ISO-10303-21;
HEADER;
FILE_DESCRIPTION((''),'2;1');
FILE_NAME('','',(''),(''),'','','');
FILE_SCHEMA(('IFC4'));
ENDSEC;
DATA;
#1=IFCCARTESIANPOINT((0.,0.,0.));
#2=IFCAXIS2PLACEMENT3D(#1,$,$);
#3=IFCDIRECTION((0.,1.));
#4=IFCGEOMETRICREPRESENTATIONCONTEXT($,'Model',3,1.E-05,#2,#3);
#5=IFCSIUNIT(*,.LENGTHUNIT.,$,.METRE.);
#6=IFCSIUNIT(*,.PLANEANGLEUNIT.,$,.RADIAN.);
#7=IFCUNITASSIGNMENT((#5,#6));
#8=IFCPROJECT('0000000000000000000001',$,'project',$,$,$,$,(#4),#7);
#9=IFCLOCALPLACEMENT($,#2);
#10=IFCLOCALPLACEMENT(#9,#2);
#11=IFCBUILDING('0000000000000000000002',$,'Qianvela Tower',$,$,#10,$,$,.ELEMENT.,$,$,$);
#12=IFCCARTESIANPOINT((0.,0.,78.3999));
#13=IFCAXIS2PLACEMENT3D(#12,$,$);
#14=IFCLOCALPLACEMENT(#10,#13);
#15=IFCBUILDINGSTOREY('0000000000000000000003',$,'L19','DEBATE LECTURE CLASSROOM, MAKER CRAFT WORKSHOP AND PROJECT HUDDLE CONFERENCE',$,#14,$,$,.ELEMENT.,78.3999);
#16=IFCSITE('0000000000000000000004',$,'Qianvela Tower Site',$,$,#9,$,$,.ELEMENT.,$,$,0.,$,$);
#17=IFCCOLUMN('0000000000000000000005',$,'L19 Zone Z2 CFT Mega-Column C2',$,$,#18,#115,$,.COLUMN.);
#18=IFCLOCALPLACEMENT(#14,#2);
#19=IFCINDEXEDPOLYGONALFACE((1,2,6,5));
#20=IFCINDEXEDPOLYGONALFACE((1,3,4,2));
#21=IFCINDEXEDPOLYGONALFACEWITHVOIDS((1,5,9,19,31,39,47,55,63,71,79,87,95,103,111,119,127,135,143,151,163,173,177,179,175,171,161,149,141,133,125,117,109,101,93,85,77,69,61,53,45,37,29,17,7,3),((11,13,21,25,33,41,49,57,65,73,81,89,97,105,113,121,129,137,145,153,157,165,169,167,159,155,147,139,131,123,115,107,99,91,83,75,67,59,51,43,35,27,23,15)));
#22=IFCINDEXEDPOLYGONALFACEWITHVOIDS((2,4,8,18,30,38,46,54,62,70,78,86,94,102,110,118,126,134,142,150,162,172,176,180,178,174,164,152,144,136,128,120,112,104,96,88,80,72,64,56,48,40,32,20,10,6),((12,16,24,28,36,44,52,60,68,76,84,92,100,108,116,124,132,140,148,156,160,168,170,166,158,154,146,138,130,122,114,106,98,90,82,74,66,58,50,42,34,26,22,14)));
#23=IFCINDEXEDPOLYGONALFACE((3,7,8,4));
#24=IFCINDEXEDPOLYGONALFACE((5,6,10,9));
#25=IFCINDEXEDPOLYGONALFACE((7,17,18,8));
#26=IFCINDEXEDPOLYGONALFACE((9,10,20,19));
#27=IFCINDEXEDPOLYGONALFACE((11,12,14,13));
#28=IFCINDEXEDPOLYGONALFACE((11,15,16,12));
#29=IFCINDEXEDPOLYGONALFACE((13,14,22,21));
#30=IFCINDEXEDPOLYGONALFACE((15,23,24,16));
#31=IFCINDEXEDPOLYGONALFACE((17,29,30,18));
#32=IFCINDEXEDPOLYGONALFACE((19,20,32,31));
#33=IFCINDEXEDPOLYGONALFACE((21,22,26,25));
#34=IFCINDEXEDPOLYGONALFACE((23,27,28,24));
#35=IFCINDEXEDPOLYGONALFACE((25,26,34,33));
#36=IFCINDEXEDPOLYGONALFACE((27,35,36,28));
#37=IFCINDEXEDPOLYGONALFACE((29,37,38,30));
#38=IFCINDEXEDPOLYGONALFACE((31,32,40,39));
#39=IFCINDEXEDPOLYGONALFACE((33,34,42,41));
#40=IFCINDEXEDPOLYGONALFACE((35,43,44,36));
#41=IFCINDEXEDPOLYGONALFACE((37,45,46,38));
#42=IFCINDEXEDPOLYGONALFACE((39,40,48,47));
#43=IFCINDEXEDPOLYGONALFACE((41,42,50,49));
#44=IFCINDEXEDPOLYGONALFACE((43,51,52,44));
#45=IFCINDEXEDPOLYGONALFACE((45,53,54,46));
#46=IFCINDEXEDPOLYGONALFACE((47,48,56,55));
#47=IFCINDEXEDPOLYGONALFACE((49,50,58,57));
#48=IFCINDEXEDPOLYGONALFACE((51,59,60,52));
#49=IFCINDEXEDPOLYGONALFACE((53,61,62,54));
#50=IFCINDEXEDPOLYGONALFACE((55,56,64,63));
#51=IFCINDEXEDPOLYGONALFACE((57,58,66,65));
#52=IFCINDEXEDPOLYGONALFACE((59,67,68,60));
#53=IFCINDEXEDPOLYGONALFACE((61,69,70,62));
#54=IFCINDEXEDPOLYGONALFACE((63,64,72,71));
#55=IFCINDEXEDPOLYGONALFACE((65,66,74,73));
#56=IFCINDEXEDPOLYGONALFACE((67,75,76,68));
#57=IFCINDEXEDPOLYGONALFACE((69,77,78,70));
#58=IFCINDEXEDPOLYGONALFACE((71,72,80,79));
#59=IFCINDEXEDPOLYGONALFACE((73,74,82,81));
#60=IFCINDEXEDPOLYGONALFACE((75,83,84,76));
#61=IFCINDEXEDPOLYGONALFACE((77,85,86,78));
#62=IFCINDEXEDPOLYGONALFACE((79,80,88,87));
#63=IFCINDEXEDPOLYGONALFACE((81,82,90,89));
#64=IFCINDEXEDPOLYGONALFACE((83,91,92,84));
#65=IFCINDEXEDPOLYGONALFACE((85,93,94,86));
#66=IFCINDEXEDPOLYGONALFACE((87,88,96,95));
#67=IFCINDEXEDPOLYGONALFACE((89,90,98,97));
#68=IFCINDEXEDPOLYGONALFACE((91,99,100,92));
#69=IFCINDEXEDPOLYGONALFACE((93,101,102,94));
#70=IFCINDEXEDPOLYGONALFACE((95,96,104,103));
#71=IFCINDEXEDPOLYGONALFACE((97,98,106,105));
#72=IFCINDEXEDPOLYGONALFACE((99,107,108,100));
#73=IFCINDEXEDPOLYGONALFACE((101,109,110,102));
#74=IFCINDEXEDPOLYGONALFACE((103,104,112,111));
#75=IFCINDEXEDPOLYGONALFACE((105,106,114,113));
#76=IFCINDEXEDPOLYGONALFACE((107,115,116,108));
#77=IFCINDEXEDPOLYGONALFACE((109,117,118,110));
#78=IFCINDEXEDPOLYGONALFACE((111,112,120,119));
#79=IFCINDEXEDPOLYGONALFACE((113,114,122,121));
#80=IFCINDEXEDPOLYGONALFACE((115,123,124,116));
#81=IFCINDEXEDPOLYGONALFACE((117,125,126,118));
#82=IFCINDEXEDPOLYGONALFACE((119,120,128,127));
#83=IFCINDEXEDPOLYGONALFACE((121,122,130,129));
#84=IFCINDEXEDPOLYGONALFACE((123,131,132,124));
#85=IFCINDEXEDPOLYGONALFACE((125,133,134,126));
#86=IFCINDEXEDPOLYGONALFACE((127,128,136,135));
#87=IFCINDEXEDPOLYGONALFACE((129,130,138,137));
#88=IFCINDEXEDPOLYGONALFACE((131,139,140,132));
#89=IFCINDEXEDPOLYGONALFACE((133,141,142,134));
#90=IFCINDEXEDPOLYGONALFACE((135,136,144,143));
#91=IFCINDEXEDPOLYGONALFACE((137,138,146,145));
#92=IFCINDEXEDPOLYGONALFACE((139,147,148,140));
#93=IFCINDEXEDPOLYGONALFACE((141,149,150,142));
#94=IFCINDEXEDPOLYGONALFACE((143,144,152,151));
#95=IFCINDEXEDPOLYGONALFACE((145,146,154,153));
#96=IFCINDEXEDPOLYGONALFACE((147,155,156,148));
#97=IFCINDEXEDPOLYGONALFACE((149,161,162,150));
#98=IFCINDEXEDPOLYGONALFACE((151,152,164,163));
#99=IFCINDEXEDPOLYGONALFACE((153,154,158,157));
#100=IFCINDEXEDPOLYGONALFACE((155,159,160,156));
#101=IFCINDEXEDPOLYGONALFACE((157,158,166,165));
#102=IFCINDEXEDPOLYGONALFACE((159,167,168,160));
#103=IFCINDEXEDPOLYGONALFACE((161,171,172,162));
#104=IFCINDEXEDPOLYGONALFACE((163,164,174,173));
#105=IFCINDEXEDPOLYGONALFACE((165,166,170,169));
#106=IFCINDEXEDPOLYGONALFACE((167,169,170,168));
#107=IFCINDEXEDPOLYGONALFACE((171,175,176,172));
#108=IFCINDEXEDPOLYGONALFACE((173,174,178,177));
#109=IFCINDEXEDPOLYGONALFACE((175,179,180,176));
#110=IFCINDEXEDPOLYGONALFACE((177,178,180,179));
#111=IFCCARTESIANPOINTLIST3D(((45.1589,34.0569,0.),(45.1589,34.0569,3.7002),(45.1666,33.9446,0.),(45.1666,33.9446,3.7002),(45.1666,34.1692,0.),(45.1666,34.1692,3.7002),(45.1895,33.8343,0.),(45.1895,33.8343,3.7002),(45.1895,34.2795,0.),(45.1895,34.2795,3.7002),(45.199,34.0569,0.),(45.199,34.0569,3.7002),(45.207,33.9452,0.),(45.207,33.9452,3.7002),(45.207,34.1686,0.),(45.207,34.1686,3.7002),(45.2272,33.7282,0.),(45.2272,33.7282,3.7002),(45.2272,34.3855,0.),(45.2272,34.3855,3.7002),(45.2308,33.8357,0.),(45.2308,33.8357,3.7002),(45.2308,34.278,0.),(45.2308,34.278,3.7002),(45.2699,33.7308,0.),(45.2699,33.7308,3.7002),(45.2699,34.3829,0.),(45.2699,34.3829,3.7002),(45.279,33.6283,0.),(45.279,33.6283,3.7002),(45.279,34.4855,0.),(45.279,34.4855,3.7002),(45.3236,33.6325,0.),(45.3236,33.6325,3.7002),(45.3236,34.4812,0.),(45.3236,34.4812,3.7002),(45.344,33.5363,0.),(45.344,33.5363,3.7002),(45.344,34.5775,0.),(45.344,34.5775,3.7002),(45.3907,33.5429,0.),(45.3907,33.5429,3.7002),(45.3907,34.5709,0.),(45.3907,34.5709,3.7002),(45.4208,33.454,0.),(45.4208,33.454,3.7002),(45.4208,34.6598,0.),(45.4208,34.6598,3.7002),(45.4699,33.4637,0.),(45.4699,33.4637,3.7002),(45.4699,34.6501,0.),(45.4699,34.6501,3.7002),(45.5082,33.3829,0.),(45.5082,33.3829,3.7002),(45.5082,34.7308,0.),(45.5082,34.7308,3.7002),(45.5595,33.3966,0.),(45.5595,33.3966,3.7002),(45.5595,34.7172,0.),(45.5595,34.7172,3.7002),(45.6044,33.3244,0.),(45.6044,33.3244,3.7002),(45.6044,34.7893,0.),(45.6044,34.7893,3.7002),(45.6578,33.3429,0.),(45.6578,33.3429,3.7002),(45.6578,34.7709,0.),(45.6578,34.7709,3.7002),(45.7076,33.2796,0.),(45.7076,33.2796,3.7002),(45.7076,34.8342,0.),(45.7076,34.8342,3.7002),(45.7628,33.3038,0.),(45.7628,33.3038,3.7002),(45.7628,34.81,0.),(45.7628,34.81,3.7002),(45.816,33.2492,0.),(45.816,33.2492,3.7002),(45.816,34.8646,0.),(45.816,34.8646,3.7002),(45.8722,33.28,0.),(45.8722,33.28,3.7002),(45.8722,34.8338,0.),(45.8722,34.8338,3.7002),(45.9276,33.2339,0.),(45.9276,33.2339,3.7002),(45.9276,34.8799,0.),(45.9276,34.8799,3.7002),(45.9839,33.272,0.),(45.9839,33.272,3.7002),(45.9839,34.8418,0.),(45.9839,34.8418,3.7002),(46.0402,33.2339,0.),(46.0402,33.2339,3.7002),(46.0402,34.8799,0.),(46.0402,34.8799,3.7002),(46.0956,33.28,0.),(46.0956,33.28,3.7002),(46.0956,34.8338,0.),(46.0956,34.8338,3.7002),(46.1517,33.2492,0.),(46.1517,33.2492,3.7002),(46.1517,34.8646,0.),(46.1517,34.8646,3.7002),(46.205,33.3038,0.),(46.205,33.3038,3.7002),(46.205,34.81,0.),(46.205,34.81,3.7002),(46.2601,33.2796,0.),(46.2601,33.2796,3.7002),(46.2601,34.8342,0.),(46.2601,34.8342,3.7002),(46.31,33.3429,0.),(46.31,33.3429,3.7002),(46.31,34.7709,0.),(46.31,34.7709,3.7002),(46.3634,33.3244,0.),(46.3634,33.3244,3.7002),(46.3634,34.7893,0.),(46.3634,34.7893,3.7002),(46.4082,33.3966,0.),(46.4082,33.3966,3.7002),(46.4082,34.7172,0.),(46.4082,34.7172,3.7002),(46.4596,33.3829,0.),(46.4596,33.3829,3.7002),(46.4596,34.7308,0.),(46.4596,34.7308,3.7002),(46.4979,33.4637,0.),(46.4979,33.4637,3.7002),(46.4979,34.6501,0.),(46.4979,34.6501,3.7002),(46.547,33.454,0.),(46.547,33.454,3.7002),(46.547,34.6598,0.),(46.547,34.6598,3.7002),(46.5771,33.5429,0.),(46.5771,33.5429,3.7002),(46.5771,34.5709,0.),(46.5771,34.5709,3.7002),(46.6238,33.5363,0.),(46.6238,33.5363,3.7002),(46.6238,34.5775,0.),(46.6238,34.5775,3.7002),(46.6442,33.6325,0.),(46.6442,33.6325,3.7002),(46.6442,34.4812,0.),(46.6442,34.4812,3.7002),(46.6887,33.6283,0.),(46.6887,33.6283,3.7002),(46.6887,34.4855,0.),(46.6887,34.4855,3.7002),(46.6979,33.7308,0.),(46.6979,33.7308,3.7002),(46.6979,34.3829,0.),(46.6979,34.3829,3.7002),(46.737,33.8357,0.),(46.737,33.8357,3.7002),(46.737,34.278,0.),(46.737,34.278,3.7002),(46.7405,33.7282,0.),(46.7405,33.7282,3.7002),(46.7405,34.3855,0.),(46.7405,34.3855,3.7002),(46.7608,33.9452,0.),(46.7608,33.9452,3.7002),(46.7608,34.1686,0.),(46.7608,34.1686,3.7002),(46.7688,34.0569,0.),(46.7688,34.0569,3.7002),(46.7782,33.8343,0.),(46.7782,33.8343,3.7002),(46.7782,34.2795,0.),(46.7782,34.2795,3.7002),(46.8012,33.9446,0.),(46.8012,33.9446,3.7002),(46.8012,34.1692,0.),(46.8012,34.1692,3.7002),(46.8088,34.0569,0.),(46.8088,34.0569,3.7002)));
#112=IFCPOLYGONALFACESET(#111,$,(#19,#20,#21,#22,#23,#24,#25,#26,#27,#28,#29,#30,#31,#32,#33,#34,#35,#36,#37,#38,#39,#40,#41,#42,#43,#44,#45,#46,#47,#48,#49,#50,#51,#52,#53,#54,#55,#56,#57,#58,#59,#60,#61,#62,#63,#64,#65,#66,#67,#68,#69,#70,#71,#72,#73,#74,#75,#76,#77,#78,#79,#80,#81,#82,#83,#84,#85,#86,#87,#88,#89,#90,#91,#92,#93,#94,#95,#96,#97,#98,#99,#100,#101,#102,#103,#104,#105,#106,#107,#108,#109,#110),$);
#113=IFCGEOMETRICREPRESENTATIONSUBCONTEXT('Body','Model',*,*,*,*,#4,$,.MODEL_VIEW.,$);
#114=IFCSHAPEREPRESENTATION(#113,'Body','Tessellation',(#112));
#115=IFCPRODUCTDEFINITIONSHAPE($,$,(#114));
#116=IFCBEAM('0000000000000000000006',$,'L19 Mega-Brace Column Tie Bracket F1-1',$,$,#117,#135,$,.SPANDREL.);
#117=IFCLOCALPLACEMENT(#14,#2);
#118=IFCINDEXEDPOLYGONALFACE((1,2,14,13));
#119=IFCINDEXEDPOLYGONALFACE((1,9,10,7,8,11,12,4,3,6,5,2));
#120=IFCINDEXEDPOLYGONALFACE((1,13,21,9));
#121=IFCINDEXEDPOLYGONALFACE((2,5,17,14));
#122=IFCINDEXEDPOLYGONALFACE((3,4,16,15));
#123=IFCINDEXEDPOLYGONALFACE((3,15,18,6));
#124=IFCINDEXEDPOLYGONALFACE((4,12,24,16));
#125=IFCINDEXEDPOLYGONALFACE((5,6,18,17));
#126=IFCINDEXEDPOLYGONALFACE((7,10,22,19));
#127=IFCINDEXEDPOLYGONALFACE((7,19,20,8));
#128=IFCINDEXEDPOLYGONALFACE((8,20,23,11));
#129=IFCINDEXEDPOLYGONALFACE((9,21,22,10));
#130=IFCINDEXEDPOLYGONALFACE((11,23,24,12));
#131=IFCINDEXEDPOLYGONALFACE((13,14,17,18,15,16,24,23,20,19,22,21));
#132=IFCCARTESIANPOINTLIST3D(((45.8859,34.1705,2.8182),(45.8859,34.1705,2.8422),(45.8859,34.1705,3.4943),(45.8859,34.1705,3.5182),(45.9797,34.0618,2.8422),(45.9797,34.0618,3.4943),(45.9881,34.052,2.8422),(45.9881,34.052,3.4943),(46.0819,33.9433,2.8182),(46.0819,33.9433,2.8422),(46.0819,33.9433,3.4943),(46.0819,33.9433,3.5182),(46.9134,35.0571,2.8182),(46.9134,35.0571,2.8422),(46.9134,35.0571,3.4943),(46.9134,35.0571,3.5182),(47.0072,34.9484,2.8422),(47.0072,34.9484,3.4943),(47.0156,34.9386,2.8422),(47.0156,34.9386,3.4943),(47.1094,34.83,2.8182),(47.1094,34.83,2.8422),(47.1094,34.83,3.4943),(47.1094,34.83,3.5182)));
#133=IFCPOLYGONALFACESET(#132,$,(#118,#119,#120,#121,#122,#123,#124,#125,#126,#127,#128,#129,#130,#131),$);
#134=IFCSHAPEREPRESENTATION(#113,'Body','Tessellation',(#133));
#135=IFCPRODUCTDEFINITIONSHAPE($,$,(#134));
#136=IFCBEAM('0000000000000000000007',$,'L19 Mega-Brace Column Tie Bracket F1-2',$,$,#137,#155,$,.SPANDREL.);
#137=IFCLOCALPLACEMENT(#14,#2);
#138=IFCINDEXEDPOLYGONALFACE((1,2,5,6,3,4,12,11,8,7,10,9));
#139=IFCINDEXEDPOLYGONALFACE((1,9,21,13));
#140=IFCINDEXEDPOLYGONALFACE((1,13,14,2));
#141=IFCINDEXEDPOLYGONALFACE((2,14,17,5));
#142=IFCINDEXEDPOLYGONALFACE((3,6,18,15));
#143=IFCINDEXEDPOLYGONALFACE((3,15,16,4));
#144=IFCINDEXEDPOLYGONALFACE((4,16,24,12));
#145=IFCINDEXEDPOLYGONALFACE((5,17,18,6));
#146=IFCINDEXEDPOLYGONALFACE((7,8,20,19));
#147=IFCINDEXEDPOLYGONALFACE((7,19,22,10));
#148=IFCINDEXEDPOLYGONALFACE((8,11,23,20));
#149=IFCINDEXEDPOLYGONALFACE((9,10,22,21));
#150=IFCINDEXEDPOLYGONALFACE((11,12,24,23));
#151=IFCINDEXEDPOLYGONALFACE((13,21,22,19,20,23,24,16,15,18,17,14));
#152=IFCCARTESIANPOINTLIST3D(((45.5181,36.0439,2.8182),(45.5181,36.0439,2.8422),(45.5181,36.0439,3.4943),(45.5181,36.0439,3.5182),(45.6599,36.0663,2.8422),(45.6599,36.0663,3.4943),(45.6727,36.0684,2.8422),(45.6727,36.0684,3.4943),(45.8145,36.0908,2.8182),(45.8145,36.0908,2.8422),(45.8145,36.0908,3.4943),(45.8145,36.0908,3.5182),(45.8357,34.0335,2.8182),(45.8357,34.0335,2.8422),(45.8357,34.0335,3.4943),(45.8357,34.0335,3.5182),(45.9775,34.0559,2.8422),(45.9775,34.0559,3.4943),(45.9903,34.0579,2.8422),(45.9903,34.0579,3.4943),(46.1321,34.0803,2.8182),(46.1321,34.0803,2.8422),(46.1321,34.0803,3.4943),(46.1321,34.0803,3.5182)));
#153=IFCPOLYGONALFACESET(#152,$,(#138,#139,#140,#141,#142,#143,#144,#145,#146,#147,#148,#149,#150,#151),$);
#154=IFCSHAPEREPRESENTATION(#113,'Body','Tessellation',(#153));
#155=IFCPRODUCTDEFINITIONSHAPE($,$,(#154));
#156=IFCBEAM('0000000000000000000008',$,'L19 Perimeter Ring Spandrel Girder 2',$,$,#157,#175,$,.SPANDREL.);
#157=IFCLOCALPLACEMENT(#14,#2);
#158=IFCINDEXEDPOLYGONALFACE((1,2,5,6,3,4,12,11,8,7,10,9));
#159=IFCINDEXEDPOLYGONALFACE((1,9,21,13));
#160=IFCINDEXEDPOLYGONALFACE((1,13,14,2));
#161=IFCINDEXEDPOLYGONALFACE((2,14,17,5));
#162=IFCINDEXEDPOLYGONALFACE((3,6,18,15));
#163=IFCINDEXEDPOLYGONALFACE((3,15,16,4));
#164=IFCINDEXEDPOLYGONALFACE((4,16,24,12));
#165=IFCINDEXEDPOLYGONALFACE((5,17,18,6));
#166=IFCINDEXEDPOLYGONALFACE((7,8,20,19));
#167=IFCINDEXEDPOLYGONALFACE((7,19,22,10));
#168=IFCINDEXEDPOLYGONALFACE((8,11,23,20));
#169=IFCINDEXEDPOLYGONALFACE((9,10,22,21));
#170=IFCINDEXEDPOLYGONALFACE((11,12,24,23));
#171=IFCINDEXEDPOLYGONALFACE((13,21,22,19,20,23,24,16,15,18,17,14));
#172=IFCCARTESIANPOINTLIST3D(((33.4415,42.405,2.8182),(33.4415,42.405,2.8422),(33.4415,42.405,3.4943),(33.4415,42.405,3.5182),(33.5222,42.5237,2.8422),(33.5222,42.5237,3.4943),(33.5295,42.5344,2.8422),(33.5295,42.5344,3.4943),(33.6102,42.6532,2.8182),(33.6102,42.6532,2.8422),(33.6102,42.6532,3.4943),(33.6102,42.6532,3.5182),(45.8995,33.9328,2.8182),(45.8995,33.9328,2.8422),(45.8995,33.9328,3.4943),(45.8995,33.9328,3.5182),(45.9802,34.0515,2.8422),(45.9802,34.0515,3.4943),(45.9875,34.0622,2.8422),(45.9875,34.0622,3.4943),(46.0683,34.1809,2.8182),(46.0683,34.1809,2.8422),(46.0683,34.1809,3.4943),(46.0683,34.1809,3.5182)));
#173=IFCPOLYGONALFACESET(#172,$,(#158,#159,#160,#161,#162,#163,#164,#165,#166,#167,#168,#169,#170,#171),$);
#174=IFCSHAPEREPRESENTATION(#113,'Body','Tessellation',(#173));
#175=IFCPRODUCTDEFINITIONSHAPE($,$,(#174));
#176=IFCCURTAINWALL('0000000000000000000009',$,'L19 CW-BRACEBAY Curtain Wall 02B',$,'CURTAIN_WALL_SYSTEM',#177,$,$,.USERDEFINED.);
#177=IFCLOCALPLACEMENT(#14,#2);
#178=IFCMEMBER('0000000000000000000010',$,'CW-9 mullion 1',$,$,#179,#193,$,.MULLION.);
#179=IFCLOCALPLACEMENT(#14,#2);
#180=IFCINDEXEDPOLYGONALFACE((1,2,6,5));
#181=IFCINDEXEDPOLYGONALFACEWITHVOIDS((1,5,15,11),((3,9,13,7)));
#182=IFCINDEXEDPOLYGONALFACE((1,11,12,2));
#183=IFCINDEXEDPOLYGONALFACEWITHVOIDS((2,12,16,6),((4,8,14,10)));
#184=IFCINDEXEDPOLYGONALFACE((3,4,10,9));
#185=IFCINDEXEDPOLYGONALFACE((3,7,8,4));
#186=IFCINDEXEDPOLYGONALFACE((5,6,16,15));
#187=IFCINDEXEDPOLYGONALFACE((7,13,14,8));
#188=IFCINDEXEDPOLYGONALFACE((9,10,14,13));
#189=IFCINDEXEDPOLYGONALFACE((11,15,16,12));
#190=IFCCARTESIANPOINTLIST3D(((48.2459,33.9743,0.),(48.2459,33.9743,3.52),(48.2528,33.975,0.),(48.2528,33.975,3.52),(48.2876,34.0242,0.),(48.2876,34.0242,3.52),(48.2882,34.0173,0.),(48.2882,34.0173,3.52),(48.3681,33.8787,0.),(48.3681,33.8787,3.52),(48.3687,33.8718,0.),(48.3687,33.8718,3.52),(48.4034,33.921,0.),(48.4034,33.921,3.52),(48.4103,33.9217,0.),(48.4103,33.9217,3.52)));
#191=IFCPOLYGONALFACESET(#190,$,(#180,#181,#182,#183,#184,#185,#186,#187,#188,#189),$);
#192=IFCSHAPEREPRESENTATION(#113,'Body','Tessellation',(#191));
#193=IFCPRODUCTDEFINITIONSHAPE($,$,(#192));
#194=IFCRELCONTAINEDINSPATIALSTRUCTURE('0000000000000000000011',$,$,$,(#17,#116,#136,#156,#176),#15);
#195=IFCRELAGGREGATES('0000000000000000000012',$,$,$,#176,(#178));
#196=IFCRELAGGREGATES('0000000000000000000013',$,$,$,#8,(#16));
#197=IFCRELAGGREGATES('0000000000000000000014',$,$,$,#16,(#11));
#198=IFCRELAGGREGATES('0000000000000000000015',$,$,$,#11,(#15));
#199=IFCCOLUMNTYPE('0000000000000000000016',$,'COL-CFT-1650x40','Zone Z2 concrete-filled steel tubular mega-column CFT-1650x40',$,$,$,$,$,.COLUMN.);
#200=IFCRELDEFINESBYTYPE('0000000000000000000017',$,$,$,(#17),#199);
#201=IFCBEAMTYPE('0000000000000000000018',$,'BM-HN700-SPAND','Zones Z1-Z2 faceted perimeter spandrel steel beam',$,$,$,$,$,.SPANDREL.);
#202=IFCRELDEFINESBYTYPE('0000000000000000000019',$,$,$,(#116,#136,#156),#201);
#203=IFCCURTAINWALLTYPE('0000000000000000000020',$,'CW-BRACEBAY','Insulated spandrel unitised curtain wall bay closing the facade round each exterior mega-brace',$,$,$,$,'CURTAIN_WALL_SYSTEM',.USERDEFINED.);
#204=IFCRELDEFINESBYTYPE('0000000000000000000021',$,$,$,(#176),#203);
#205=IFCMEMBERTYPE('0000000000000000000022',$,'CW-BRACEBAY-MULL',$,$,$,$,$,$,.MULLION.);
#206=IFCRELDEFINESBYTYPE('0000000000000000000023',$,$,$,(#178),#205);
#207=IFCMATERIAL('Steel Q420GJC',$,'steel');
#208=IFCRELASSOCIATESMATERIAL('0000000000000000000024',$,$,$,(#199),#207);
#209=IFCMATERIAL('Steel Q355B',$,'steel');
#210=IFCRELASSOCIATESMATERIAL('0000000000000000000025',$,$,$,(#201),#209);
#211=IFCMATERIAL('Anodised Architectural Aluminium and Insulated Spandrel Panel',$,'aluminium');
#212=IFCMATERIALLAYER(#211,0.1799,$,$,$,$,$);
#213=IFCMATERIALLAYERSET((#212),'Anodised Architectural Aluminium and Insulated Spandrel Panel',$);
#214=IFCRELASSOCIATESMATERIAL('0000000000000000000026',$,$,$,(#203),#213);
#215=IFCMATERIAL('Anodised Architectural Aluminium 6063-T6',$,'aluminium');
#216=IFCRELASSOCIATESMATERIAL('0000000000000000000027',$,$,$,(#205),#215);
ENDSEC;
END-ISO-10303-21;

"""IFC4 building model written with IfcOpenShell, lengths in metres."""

from ifc_helpers import new_model, si_unit, direction, frame, origin, origin_2d, place, context, subcontext, project, spatial, hollow_rectangle, hollow_circle, i_section, extrude, material, layer, layer_set, material_profile, profile_set, type_object, element, aggregate, save


model = new_model("IFC4")

# Units and contexts
model_context = context("Model", 3, precision=1e-05, world=origin(), true_north=direction((0.0, 1.0)))
body_context = subcontext(model_context, "Body", "Model", "MODEL_VIEW")
ifc_project = project(units=[si_unit("LENGTHUNIT", "METRE"), si_unit("PLANEANGLEUNIT", "RADIAN")], contexts=[model_context])

# Site, building, storey
site_placement = place(None, origin())
site = spatial("IfcSite", under=ifc_project, at=site_placement, Name="Qianvela Tower Site", CompositionType="ELEMENT", RefElevation=0.0)
building_placement = place(site_placement, origin())
building = spatial("IfcBuilding", under=site, at=building_placement, Name="Qianvela Tower", CompositionType="ELEMENT")
storey_placement = place(building_placement, frame((0.0, 0.0, 78.3999)))
storey = spatial("IfcBuildingStorey", under=building, at=storey_placement, Name="L19", Description="DEBATE LECTURE CLASSROOM, MAKER CRAFT WORKSHOP AND PROJECT HUDDLE CONFERENCE", CompositionType="ELEMENT", Elevation=78.3999)

# Column
ifc_material_1 = material(Name="Steel Q420GJC", Category="steel")
ifc_material_profile_1 = material_profile(ifc_material_1, hollow_circle(Radius=0.825, WallThickness=0.04, at=origin_2d()), Name="CFT-1650x40")
ifc_profile_set_1 = profile_set([ifc_material_profile_1], Name="Steel Q420GJC")
column_type = type_object("IfcColumnType", Name="COL-CFT-1650x40", Description="Zone Z2 concrete-filled steel tubular mega-column CFT-1650x40", PredefinedType="COLUMN", material=ifc_profile_set_1)
column_placement = place(storey_placement, frame((45.9839, 34.0569, 0.0), z_axis=(0.0, 0.0, 1.0), x_axis=(1.0, 0.0, 0.0)))
element("IfcColumn", 1, at=column_placement, inside=storey, type_object=column_type, Name="L19 Zone Z2 CFT Mega-Column C2", PredefinedType="COLUMN", context=body_context, shape_type="SweptSolid", body=[
    extrude(hollow_circle(Radius=0.825, WallThickness=0.04, at=origin_2d()), origin(), (0.0, 0.0, 1.0), 3.7002),
])

# Beams
ifc_material_2 = material(Name="Steel Q355B", Category="steel")
ifc_material_profile_2 = material_profile(ifc_material_2, i_section(OverallWidth=0.3, OverallDepth=0.7, WebThickness=0.0129, FlangeThickness=0.0239, at=origin_2d()), Name="HN700x300x13x24")
ifc_profile_set_2 = profile_set([ifc_material_profile_2], Name="Steel Q355B")
beam_type = type_object("IfcBeamType", Name="BM-HN700-SPAND", Description="Zones Z1-Z2 faceted perimeter spandrel steel beam", PredefinedType="SPANDREL", material=ifc_profile_set_2)
beam_1_placement = place(storey_placement, frame((45.9839, 34.0569, 3.1682), z_axis=(0.757094, 0.653306, 0.0), x_axis=(-0.653306, 0.757094, 0.0)))
element("IfcBeam", 2, at=beam_1_placement, inside=storey, type_object=beam_type, Name="L19 Mega-Brace Column Tie Bracket F1-1", PredefinedType="SPANDREL", context=body_context, shape_type="SweptSolid", body=[
    extrude(i_section(OverallWidth=0.3, OverallDepth=0.7, WebThickness=0.0129, FlangeThickness=0.0239, at=origin_2d()), origin(), (0.0, 0.0, 1.0), 1.3572),
])
beam_2_placement = place(storey_placement, frame((45.9839, 34.0569, 3.1682), z_axis=(-0.156049, 0.987749, 0.0), x_axis=(-0.987749, -0.156049, 0.0)))
element("IfcBeam", 3, at=beam_2_placement, inside=storey, type_object=beam_type, Name="L19 Mega-Brace Column Tie Bracket F1-2", PredefinedType="SPANDREL", context=body_context, shape_type="SweptSolid", body=[
    extrude(i_section(OverallWidth=0.3, OverallDepth=0.7, WebThickness=0.0129, FlangeThickness=0.0239, at=origin_2d()), origin(), (0.0, 0.0, 1.0), 2.0354),
])
beam_3_placement = place(storey_placement, frame((45.9839, 34.0569, 3.1682), z_axis=(-0.826904, 0.562343, 0.0), x_axis=(-0.562343, -0.826904, 0.0)))
element("IfcBeam", 4, at=beam_3_placement, inside=storey, type_object=beam_type, Name="L19 Perimeter Ring Spandrel Girder 2", PredefinedType="SPANDREL", context=body_context, shape_type="SweptSolid", body=[
    extrude(i_section(OverallWidth=0.3, OverallDepth=0.7, WebThickness=0.0129, FlangeThickness=0.0239, at=origin_2d()), origin(), (0.0, 0.0, 1.0), 15.0659),
])

# Curtain wall, member
ifc_material_3 = material(Name="Anodised Architectural Aluminium and Insulated Spandrel Panel", Category="aluminium")
ifc_layer_1 = layer(ifc_material_3, 0.1799)
ifc_layer_set_1 = layer_set([ifc_layer_1], Name="Anodised Architectural Aluminium and Insulated Spandrel Panel")
curtain_wall_type_1 = type_object("IfcCurtainWallType", Name="CW-BRACEBAY", Description="Insulated spandrel unitised curtain wall bay closing the facade round each exterior mega-brace", ElementType="CURTAIN_WALL_SYSTEM", PredefinedType="USERDEFINED", material=ifc_layer_set_1)
curtain_wall_1_placement = place(storey_placement, origin())
curtain_wall_1 = element("IfcCurtainWall", 5, at=curtain_wall_1_placement, inside=storey, type_object=curtain_wall_type_1, Name="L19 CW-BRACEBAY Curtain Wall 02B", ObjectType="CURTAIN_WALL_SYSTEM", PredefinedType="USERDEFINED")
ifc_material_4 = material(Name="Anodised Architectural Aluminium 6063-T6", Category="aluminium")
ifc_material_profile_3 = material_profile(ifc_material_4, hollow_rectangle(XDim=0.0649, YDim=0.1599, WallThickness=0.0049, at=origin_2d()), Name="ALU-MULL-65x160")
ifc_profile_set_3 = profile_set([ifc_material_profile_3], Name="Anodised Architectural Aluminium 6063-T6")
member_type_1 = type_object("IfcMemberType", Name="CW-BRACEBAY-MULL", PredefinedType="MULLION", material=ifc_profile_set_3)
member_1_placement = place(storey_placement, frame((48.3281, 33.948, 0.0), z_axis=(0.0, 0.0, 1.0), x_axis=(-0.64108, -0.767474, 0.0)))
member_1 = element("IfcMember", 6, at=member_1_placement, type_object=member_type_1, Name="CW-9 mullion 1", PredefinedType="MULLION", context=body_context, shape_type="SweptSolid", body=[
    extrude(hollow_rectangle(XDim=0.0649, YDim=0.1599, WallThickness=0.0049, at=origin_2d()), origin(), (0.0, 0.0, 1.0), 3.52),
])

aggregate(curtain_wall_1, [member_1])

save(model, "model.ifc")
